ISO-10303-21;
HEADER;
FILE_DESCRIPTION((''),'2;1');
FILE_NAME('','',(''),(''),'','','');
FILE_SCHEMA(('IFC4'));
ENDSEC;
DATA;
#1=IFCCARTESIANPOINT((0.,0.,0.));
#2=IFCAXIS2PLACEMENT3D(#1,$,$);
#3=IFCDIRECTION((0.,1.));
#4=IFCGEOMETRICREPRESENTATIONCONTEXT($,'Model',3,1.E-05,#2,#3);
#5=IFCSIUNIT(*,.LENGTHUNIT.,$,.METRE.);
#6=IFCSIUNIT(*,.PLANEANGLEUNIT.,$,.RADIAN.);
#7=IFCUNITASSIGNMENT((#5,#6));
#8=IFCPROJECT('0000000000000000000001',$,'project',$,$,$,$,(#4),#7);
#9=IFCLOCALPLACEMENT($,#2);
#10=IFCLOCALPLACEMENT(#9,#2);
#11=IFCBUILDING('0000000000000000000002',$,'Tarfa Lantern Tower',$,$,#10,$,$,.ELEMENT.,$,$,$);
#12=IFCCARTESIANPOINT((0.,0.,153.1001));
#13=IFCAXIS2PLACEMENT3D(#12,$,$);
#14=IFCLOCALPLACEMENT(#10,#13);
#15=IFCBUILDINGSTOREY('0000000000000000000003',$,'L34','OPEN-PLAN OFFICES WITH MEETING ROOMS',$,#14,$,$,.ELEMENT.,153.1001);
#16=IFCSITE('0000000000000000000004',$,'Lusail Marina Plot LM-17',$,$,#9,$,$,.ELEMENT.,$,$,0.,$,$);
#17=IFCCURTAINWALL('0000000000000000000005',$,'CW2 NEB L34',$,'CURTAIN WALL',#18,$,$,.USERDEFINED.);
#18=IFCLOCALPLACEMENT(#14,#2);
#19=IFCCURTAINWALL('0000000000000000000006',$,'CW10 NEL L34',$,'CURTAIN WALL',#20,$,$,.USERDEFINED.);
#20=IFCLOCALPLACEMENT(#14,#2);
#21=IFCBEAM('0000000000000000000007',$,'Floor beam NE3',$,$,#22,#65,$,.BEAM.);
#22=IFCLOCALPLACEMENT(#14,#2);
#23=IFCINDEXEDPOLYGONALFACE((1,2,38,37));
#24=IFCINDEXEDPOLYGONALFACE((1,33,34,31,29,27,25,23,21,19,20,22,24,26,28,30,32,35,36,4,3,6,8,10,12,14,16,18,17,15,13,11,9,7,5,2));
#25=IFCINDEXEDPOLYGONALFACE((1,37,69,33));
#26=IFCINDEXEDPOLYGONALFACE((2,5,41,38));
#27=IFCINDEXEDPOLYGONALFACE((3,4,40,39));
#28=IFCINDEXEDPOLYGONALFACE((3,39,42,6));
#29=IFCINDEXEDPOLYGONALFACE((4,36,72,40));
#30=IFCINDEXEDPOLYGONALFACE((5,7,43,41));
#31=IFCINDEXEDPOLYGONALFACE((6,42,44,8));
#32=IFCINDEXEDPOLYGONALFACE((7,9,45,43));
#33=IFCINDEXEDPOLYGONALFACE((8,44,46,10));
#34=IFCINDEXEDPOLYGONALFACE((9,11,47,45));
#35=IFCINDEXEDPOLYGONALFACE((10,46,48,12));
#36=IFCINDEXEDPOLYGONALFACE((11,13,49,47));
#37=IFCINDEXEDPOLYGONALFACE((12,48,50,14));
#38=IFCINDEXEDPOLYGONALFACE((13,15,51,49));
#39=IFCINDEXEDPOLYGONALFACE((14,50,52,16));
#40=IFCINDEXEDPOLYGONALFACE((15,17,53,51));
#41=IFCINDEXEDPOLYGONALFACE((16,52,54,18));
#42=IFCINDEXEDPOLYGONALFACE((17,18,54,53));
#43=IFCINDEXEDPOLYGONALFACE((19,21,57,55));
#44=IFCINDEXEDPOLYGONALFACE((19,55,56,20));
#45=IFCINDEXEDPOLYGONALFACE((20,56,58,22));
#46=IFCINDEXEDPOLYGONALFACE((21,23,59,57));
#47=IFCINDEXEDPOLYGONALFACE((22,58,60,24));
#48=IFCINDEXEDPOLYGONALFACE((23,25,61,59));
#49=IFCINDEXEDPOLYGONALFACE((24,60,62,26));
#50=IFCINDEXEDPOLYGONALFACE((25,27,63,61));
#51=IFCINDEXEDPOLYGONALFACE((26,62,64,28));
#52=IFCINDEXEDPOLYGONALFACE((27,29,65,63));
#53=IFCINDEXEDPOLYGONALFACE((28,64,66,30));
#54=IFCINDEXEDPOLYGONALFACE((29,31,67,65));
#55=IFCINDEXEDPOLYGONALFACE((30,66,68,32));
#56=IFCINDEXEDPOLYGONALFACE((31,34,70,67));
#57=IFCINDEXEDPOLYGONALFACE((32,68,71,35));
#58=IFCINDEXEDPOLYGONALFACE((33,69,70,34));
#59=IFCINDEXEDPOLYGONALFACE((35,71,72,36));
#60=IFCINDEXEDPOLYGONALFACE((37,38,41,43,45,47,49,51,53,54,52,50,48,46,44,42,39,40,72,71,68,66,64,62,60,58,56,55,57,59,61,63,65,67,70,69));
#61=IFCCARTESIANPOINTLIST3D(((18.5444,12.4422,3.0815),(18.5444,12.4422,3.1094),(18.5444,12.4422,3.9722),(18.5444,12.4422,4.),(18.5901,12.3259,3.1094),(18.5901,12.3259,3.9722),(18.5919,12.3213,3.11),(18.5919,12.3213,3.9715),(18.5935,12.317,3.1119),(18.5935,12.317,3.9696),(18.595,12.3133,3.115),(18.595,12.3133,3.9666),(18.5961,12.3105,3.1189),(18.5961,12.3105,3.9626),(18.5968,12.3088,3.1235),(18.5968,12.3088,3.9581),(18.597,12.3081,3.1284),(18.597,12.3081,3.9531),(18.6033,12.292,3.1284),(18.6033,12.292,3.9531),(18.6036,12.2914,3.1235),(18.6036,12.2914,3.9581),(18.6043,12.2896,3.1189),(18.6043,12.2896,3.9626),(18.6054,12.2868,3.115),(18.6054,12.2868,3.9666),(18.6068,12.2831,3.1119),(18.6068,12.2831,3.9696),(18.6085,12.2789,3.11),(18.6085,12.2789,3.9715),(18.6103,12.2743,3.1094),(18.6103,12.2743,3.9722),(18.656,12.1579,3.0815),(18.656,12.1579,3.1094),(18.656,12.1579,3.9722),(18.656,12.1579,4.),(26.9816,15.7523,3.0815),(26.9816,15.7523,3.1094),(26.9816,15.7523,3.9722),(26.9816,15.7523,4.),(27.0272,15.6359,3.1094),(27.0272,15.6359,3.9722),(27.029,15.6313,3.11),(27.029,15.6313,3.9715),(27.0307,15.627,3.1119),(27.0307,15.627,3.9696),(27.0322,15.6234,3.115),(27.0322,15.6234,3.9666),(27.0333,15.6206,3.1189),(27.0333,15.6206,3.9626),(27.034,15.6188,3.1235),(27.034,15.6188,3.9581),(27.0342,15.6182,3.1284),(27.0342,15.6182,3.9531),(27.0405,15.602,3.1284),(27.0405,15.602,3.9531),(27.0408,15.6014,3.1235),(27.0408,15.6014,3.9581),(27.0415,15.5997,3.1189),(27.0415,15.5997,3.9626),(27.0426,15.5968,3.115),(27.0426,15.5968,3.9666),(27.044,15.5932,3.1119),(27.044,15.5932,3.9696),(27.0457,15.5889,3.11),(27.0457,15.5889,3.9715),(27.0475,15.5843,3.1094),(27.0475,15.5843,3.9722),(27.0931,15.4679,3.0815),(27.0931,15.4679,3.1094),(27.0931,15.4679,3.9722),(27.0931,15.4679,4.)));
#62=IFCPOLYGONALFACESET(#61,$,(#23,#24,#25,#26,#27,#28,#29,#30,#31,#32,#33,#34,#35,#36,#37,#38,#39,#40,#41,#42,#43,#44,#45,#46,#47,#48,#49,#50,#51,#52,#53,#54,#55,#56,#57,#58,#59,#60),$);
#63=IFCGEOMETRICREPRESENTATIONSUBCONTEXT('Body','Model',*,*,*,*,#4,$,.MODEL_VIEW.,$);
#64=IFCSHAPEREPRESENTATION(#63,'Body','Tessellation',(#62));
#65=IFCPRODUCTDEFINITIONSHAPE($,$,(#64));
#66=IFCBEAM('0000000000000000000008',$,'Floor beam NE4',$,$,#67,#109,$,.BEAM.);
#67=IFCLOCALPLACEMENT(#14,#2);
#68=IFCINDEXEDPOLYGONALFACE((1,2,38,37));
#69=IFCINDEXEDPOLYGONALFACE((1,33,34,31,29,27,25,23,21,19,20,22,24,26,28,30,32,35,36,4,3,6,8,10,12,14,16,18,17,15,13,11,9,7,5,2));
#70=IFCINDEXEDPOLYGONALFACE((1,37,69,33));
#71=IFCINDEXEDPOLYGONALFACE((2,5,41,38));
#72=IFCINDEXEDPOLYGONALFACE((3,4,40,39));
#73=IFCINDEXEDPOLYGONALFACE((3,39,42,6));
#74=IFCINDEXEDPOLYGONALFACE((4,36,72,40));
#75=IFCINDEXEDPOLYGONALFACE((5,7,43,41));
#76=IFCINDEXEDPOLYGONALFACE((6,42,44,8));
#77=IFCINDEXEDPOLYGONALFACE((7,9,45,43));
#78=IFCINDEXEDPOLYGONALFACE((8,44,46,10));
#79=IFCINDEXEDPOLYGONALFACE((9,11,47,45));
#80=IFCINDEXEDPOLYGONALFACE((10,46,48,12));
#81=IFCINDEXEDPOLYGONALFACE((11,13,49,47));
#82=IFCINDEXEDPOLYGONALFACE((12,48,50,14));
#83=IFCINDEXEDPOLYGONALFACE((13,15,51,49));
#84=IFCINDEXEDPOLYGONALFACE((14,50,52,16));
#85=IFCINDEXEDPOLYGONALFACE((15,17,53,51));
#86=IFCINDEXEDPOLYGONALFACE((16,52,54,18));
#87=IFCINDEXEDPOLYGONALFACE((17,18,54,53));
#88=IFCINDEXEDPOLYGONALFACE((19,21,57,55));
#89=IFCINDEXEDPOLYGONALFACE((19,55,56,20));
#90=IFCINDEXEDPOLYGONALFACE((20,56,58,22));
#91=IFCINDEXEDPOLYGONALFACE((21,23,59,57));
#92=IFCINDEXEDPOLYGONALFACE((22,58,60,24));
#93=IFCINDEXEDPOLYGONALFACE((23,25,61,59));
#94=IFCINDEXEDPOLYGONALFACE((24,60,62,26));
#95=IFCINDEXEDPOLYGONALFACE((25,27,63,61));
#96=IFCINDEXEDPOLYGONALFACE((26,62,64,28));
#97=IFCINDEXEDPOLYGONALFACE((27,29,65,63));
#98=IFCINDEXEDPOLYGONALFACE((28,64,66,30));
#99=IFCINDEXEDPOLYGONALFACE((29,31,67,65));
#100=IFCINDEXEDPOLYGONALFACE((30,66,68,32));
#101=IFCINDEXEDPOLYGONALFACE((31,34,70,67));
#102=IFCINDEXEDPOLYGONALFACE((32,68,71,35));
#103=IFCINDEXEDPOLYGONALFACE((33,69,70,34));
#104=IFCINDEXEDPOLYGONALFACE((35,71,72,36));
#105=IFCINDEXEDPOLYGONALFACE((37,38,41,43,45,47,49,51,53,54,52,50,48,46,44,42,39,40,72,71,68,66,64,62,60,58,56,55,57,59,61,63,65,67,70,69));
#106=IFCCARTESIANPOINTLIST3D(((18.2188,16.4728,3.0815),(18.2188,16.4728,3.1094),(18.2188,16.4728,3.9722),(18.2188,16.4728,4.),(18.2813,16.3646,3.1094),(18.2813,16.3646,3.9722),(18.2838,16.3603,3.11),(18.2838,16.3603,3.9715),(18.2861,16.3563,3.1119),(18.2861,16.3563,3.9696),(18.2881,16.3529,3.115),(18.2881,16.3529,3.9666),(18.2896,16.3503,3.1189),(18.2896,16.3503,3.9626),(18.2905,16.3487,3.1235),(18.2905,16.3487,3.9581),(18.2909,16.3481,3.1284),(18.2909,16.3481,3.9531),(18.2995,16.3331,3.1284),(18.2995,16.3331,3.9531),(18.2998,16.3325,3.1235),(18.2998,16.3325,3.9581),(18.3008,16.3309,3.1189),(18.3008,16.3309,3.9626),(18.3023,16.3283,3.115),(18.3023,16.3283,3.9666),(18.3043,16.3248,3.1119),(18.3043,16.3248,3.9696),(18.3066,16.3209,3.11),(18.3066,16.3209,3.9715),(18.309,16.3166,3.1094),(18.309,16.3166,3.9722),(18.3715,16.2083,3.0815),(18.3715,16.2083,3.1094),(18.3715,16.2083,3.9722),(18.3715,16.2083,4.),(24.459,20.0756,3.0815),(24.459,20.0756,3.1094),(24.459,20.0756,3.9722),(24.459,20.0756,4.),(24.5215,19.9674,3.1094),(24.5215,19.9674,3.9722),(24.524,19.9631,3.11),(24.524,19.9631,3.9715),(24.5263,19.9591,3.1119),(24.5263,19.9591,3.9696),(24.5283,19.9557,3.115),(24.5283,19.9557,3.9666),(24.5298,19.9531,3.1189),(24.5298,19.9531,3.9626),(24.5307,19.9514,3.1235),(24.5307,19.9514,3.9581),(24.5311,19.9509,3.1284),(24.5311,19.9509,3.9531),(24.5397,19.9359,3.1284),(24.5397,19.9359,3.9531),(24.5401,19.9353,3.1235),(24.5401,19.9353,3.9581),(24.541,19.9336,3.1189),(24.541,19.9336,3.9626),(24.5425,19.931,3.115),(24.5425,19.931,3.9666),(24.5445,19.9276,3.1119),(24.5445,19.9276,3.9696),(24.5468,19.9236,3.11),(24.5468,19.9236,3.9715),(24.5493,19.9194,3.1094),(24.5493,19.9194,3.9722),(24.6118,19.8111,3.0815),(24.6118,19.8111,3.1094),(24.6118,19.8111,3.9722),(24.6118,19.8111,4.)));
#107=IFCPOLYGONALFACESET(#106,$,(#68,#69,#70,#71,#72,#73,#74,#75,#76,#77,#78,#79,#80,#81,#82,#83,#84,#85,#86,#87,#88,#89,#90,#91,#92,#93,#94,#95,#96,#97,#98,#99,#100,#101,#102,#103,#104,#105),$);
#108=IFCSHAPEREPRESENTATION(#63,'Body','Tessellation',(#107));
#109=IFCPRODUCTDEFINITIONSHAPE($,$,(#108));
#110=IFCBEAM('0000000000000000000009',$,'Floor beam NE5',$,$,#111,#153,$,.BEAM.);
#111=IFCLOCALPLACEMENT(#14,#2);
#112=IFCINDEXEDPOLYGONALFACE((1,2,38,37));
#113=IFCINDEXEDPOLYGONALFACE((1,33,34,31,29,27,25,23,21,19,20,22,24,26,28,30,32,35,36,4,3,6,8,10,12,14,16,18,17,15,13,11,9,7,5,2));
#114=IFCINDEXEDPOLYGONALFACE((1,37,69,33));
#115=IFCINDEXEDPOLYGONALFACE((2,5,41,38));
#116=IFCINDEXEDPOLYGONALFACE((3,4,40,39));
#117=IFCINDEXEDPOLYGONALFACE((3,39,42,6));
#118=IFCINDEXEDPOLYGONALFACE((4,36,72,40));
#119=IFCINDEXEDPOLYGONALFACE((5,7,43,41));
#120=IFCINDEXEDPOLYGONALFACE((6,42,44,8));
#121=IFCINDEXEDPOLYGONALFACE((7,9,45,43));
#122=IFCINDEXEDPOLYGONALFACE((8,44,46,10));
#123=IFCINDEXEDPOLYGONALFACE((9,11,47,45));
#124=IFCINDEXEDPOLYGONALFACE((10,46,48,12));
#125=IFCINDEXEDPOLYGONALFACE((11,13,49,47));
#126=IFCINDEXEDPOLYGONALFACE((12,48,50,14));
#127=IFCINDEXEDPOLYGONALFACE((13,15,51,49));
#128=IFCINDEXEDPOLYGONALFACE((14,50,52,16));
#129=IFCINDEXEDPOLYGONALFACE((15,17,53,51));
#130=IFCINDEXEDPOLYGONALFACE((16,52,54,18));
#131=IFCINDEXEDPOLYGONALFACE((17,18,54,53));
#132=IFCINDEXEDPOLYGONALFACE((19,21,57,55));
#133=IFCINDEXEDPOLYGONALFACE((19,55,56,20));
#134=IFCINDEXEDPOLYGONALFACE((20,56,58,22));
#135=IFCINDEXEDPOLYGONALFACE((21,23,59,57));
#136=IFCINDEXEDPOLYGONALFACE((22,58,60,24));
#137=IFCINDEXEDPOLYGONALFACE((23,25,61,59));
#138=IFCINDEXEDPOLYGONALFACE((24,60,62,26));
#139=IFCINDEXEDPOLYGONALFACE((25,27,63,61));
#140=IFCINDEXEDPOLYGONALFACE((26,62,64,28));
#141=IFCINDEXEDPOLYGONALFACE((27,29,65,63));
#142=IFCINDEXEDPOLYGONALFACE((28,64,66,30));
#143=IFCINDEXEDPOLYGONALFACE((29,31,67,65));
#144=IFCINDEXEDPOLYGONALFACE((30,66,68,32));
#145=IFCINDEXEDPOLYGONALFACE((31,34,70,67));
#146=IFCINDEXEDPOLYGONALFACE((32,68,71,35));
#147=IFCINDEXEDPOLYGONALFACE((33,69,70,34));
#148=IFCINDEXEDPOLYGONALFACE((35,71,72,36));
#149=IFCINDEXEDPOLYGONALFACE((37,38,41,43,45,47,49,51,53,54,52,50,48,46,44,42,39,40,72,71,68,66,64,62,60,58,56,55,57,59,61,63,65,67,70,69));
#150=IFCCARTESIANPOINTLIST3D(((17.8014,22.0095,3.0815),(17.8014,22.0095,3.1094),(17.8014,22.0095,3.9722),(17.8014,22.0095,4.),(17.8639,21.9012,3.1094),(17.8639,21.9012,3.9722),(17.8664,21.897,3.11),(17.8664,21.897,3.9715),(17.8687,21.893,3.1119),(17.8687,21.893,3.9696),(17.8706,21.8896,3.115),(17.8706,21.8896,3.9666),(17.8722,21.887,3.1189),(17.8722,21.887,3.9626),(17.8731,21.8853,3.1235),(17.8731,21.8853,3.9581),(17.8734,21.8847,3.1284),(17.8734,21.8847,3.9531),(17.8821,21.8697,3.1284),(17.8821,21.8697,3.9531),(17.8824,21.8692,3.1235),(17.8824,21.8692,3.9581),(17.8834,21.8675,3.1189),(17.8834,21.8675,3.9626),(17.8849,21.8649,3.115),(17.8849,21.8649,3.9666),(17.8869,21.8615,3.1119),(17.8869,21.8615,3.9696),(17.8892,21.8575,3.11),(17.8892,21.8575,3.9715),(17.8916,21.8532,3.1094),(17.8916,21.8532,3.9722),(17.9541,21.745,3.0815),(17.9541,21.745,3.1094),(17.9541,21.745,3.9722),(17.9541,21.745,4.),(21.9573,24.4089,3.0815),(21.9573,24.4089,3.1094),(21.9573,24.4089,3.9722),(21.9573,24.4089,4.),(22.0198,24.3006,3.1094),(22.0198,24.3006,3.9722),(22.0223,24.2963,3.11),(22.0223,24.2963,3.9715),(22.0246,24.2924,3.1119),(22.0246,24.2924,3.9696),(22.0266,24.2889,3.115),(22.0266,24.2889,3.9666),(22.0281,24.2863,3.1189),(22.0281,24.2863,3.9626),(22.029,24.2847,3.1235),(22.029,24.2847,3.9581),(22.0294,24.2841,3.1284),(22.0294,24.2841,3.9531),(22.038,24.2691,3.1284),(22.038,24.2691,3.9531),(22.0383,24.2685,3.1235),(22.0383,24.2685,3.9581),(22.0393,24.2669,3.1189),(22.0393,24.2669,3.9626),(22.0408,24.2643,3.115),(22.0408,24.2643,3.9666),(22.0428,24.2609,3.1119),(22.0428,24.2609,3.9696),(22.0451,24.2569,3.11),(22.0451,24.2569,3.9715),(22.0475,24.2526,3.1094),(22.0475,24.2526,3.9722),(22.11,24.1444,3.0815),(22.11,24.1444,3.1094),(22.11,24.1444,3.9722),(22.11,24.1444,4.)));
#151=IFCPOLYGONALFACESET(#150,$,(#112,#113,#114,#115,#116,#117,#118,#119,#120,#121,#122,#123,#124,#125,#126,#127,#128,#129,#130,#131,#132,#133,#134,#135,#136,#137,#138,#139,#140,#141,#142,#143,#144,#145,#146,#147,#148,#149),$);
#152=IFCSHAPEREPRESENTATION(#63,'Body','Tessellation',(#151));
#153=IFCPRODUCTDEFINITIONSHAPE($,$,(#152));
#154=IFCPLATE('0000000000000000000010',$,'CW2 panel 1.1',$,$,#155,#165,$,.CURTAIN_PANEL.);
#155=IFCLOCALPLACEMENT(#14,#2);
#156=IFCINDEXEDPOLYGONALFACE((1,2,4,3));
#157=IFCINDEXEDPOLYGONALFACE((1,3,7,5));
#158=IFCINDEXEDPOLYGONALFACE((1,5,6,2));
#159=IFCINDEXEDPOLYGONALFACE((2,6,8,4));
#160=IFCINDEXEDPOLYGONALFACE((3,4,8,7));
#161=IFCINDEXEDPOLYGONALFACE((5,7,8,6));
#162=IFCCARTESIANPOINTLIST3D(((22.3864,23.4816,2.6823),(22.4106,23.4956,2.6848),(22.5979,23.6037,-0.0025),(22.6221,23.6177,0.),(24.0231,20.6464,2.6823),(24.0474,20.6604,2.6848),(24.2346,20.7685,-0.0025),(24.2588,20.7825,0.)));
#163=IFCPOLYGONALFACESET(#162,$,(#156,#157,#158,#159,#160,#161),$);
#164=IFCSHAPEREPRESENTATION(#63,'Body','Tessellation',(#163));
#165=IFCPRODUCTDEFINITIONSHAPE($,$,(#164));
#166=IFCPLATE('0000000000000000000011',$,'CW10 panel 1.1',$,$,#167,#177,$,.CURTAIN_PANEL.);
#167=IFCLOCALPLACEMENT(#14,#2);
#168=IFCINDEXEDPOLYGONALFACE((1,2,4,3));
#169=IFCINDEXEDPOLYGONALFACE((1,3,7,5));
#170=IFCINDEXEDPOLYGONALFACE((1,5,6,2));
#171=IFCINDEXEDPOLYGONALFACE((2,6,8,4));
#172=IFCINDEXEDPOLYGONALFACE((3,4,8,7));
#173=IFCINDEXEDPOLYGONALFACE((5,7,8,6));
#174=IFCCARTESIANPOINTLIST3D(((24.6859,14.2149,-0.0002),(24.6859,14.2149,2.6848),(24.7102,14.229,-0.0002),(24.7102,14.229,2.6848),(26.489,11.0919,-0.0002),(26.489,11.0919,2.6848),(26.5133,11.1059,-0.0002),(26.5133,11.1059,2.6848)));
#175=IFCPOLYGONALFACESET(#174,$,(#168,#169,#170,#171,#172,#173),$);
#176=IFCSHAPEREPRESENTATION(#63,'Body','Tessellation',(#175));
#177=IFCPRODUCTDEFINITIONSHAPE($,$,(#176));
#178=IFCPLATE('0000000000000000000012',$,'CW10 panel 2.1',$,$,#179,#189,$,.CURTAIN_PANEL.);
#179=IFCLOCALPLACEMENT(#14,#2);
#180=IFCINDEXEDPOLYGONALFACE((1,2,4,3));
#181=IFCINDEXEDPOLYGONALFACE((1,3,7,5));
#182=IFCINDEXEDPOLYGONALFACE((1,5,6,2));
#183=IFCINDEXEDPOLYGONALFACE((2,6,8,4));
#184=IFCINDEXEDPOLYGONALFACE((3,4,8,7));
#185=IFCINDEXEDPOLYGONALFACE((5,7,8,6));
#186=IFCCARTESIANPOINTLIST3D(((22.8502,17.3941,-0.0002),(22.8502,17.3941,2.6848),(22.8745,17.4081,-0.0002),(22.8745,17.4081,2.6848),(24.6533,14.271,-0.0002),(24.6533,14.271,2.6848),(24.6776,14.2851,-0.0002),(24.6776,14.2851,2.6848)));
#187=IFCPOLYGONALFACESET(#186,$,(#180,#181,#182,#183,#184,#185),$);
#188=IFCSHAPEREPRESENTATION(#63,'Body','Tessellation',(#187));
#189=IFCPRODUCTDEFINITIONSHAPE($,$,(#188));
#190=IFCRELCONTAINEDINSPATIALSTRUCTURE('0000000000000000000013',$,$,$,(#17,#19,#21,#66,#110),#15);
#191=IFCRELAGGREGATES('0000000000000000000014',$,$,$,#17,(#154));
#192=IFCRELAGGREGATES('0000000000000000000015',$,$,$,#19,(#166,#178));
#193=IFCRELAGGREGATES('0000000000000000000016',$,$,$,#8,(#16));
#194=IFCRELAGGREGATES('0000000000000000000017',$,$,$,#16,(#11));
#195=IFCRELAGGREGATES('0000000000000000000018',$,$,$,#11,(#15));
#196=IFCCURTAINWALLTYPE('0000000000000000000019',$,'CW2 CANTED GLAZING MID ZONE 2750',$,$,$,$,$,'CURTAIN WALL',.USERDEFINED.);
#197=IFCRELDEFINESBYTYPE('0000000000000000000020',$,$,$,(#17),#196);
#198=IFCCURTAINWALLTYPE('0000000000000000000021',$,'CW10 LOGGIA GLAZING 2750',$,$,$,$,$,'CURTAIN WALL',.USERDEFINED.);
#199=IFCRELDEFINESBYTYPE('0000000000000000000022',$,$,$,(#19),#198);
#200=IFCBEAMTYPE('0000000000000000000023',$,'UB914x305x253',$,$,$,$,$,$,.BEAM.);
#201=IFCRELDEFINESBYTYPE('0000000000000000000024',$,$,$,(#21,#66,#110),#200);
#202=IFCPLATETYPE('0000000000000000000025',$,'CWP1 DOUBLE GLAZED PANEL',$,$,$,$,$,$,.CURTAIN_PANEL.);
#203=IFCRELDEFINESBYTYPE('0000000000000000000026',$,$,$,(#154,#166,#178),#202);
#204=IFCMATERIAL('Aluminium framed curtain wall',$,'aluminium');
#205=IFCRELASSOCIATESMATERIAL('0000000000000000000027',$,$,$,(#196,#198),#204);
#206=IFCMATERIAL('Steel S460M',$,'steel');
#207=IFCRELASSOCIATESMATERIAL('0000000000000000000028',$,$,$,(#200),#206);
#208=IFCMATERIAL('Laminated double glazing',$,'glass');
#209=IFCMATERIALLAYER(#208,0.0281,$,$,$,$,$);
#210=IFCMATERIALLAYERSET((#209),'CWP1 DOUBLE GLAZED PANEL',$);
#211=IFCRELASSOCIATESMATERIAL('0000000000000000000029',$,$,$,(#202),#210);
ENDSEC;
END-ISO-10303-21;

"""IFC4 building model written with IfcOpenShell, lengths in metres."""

from ifc_helpers import new_model, si_unit, direction, frame, origin, origin_2d, place, context, subcontext, project, spatial, polyline, rectangle, i_section, outline, extrude, material, layer, layer_set, material_profile, profile_set, type_object, element, aggregate, save


model = new_model("IFC4")

# Units and contexts
model_context = context("Model", 3, precision=1e-05, world=origin(), true_north=direction((0.0, 1.0)))
body_context = subcontext(model_context, "Body", "Model", "MODEL_VIEW")
ifc_project = project(units=[si_unit("LENGTHUNIT", "METRE"), si_unit("PLANEANGLEUNIT", "RADIAN")], contexts=[model_context])

# Site, building, storey
site_placement = place(None, origin())
site = spatial("IfcSite", under=ifc_project, at=site_placement, Name="Lusail Marina Plot LM-17", CompositionType="ELEMENT", RefElevation=0.0)
building_placement = place(site_placement, origin())
building = spatial("IfcBuilding", under=site, at=building_placement, Name="Tarfa Lantern Tower", CompositionType="ELEMENT")
storey_placement = place(building_placement, frame((0.0, 0.0, 153.1001)))
storey = spatial("IfcBuildingStorey", under=building, at=storey_placement, Name="L34", Description="OPEN-PLAN OFFICES WITH MEETING ROOMS", CompositionType="ELEMENT", Elevation=153.1001)

# Curtain walls
ifc_material_1 = material(Name="Aluminium framed curtain wall", Category="aluminium")
curtain_wall_type_1 = type_object("IfcCurtainWallType", Name="CW2 CANTED GLAZING MID ZONE 2750", ElementType="CURTAIN WALL", PredefinedType="USERDEFINED", material=ifc_material_1)
curtain_wall_1_placement = place(storey_placement, origin())
curtain_wall_1 = element("IfcCurtainWall", 1, at=curtain_wall_1_placement, inside=storey, type_object=curtain_wall_type_1, Name="CW2 NEB L34", ObjectType="CURTAIN WALL", PredefinedType="USERDEFINED")
curtain_wall_type_2 = type_object("IfcCurtainWallType", Name="CW10 LOGGIA GLAZING 2750", ElementType="CURTAIN WALL", PredefinedType="USERDEFINED", material=ifc_material_1)
curtain_wall_2_placement = place(storey_placement, origin())
curtain_wall_2 = element("IfcCurtainWall", 2, at=curtain_wall_2_placement, inside=storey, type_object=curtain_wall_type_2, Name="CW10 NEL L34", ObjectType="CURTAIN WALL", PredefinedType="USERDEFINED")

# Beams
ifc_material_2 = material(Name="Steel S460M", Category="steel")
ifc_material_profile_1 = material_profile(ifc_material_2, i_section(OverallWidth=0.3054, OverallDepth=0.9185, WebThickness=0.0173, FlangeThickness=0.0278, FilletRadius=0.019, at=origin_2d()), Name="UB914x305x253")
ifc_profile_set_1 = profile_set([ifc_material_profile_1], Name="Steel S460M")
beam_type_1 = type_object("IfcBeamType", Name="UB914x305x253", PredefinedType="BEAM", material=ifc_profile_set_1)
beam_1_placement = place(storey_placement, frame((27.0374, 15.6101, 3.5408), z_axis=(-0.930923, -0.365215, 0.0), x_axis=(0.365215, -0.930923, 0.0)))
element("IfcBeam", 3, at=beam_1_placement, inside=storey, type_object=beam_type_1, Name="Floor beam NE3", PredefinedType="BEAM", context=body_context, shape_type="SweptSolid", body=[
    extrude(i_section(OverallWidth=0.3054, OverallDepth=0.9185, WebThickness=0.0173, FlangeThickness=0.0278, FilletRadius=0.019, at=origin_2d()), origin(), (0.0, 0.0, 1.0), 9.0632),
])
beam_2_placement = place(storey_placement, frame((24.5354, 19.9434, 3.5408), z_axis=(-0.866026, -0.499998, 0.0), x_axis=(0.499998, -0.866026, 0.0)))
element("IfcBeam", 4, at=beam_2_placement, inside=storey, type_object=beam_type_1, Name="Floor beam NE4", PredefinedType="BEAM", context=body_context, shape_type="SweptSolid", body=[
    extrude(i_section(OverallWidth=0.3054, OverallDepth=0.9185, WebThickness=0.0173, FlangeThickness=0.0278, FilletRadius=0.019, at=origin_2d()), origin(), (0.0, 0.0, 1.0), 7.2056),
])
beam_3_placement = place(storey_placement, frame((22.0337, 24.2766, 3.5408), z_axis=(-0.866031, -0.499991, 0.0), x_axis=(0.499991, -0.866031, 0.0)))
element("IfcBeam", 5, at=beam_3_placement, inside=storey, type_object=beam_type_1, Name="Floor beam NE5", PredefinedType="BEAM", context=body_context, shape_type="SweptSolid", body=[
    extrude(i_section(OverallWidth=0.3054, OverallDepth=0.9185, WebThickness=0.0173, FlangeThickness=0.0278, FilletRadius=0.019, at=origin_2d()), origin(), (0.0, 0.0, 1.0), 4.7988),
])

# Plates
ifc_material_3 = material(Name="Laminated double glazing", Category="glass")
ifc_layer_1 = layer(ifc_material_3, 0.0281)
ifc_layer_set_1 = layer_set([ifc_layer_1], Name="CWP1 DOUBLE GLAZED PANEL")
plate_type_1 = type_object("IfcPlateType", Name="CWP1 DOUBLE GLAZED PANEL", PredefinedType="CURTAIN_PANEL", material=ifc_layer_set_1)
plate_1_placement = place(storey_placement, frame((24.2588, 20.7825, 0.0), z_axis=(0.862492, 0.497903, 0.090558), x_axis=(-0.499957, 0.86605, 0.0)))
plate_1 = element("IfcPlate", 6, at=plate_1_placement, type_object=plate_type_1, Name="CW2 panel 1.1", PredefinedType="CURTAIN_PANEL", context=body_context, shape_type="SweptSolid", body=[
    extrude(outline(polyline([(0.0, 0.0), (3.2737, 0.0), (3.2737, 2.6959), (0.0, 2.6959), (0.0, 0.0)])), origin(), (0.0, 0.0, -1.0), 0.0281),
])
aggregate(curtain_wall_1, [plate_1])
plate_2_placement = place(storey_placement, frame((25.5996, 12.6604, -0.0002), z_axis=(0.0, 0.0, 1.0), x_axis=(-0.5, 0.866025, 0.0)))
plate_2 = element("IfcPlate", 7, at=plate_2_placement, type_object=plate_type_1, Name="CW10 panel 1.1", PredefinedType="CURTAIN_PANEL", context=body_context, shape_type="SweptSolid", body=[
    extrude(rectangle(XDim=3.6062, YDim=0.0281, at=origin_2d()), origin(), (0.0, 0.0, 1.0), 2.6851),
])
plate_3_placement = place(storey_placement, frame((23.7639, 15.8396, -0.0002), z_axis=(0.0, 0.0, 1.0), x_axis=(-0.5, 0.866025, 0.0)))
plate_3 = element("IfcPlate", 8, at=plate_3_placement, type_object=plate_type_1, Name="CW10 panel 2.1", PredefinedType="CURTAIN_PANEL", context=body_context, shape_type="SweptSolid", body=[
    extrude(rectangle(XDim=3.6062, YDim=0.0281, at=origin_2d()), origin(), (0.0, 0.0, 1.0), 2.6851),
])
aggregate(curtain_wall_2, [plate_2, plate_3])

save(model, "model.ifc")
